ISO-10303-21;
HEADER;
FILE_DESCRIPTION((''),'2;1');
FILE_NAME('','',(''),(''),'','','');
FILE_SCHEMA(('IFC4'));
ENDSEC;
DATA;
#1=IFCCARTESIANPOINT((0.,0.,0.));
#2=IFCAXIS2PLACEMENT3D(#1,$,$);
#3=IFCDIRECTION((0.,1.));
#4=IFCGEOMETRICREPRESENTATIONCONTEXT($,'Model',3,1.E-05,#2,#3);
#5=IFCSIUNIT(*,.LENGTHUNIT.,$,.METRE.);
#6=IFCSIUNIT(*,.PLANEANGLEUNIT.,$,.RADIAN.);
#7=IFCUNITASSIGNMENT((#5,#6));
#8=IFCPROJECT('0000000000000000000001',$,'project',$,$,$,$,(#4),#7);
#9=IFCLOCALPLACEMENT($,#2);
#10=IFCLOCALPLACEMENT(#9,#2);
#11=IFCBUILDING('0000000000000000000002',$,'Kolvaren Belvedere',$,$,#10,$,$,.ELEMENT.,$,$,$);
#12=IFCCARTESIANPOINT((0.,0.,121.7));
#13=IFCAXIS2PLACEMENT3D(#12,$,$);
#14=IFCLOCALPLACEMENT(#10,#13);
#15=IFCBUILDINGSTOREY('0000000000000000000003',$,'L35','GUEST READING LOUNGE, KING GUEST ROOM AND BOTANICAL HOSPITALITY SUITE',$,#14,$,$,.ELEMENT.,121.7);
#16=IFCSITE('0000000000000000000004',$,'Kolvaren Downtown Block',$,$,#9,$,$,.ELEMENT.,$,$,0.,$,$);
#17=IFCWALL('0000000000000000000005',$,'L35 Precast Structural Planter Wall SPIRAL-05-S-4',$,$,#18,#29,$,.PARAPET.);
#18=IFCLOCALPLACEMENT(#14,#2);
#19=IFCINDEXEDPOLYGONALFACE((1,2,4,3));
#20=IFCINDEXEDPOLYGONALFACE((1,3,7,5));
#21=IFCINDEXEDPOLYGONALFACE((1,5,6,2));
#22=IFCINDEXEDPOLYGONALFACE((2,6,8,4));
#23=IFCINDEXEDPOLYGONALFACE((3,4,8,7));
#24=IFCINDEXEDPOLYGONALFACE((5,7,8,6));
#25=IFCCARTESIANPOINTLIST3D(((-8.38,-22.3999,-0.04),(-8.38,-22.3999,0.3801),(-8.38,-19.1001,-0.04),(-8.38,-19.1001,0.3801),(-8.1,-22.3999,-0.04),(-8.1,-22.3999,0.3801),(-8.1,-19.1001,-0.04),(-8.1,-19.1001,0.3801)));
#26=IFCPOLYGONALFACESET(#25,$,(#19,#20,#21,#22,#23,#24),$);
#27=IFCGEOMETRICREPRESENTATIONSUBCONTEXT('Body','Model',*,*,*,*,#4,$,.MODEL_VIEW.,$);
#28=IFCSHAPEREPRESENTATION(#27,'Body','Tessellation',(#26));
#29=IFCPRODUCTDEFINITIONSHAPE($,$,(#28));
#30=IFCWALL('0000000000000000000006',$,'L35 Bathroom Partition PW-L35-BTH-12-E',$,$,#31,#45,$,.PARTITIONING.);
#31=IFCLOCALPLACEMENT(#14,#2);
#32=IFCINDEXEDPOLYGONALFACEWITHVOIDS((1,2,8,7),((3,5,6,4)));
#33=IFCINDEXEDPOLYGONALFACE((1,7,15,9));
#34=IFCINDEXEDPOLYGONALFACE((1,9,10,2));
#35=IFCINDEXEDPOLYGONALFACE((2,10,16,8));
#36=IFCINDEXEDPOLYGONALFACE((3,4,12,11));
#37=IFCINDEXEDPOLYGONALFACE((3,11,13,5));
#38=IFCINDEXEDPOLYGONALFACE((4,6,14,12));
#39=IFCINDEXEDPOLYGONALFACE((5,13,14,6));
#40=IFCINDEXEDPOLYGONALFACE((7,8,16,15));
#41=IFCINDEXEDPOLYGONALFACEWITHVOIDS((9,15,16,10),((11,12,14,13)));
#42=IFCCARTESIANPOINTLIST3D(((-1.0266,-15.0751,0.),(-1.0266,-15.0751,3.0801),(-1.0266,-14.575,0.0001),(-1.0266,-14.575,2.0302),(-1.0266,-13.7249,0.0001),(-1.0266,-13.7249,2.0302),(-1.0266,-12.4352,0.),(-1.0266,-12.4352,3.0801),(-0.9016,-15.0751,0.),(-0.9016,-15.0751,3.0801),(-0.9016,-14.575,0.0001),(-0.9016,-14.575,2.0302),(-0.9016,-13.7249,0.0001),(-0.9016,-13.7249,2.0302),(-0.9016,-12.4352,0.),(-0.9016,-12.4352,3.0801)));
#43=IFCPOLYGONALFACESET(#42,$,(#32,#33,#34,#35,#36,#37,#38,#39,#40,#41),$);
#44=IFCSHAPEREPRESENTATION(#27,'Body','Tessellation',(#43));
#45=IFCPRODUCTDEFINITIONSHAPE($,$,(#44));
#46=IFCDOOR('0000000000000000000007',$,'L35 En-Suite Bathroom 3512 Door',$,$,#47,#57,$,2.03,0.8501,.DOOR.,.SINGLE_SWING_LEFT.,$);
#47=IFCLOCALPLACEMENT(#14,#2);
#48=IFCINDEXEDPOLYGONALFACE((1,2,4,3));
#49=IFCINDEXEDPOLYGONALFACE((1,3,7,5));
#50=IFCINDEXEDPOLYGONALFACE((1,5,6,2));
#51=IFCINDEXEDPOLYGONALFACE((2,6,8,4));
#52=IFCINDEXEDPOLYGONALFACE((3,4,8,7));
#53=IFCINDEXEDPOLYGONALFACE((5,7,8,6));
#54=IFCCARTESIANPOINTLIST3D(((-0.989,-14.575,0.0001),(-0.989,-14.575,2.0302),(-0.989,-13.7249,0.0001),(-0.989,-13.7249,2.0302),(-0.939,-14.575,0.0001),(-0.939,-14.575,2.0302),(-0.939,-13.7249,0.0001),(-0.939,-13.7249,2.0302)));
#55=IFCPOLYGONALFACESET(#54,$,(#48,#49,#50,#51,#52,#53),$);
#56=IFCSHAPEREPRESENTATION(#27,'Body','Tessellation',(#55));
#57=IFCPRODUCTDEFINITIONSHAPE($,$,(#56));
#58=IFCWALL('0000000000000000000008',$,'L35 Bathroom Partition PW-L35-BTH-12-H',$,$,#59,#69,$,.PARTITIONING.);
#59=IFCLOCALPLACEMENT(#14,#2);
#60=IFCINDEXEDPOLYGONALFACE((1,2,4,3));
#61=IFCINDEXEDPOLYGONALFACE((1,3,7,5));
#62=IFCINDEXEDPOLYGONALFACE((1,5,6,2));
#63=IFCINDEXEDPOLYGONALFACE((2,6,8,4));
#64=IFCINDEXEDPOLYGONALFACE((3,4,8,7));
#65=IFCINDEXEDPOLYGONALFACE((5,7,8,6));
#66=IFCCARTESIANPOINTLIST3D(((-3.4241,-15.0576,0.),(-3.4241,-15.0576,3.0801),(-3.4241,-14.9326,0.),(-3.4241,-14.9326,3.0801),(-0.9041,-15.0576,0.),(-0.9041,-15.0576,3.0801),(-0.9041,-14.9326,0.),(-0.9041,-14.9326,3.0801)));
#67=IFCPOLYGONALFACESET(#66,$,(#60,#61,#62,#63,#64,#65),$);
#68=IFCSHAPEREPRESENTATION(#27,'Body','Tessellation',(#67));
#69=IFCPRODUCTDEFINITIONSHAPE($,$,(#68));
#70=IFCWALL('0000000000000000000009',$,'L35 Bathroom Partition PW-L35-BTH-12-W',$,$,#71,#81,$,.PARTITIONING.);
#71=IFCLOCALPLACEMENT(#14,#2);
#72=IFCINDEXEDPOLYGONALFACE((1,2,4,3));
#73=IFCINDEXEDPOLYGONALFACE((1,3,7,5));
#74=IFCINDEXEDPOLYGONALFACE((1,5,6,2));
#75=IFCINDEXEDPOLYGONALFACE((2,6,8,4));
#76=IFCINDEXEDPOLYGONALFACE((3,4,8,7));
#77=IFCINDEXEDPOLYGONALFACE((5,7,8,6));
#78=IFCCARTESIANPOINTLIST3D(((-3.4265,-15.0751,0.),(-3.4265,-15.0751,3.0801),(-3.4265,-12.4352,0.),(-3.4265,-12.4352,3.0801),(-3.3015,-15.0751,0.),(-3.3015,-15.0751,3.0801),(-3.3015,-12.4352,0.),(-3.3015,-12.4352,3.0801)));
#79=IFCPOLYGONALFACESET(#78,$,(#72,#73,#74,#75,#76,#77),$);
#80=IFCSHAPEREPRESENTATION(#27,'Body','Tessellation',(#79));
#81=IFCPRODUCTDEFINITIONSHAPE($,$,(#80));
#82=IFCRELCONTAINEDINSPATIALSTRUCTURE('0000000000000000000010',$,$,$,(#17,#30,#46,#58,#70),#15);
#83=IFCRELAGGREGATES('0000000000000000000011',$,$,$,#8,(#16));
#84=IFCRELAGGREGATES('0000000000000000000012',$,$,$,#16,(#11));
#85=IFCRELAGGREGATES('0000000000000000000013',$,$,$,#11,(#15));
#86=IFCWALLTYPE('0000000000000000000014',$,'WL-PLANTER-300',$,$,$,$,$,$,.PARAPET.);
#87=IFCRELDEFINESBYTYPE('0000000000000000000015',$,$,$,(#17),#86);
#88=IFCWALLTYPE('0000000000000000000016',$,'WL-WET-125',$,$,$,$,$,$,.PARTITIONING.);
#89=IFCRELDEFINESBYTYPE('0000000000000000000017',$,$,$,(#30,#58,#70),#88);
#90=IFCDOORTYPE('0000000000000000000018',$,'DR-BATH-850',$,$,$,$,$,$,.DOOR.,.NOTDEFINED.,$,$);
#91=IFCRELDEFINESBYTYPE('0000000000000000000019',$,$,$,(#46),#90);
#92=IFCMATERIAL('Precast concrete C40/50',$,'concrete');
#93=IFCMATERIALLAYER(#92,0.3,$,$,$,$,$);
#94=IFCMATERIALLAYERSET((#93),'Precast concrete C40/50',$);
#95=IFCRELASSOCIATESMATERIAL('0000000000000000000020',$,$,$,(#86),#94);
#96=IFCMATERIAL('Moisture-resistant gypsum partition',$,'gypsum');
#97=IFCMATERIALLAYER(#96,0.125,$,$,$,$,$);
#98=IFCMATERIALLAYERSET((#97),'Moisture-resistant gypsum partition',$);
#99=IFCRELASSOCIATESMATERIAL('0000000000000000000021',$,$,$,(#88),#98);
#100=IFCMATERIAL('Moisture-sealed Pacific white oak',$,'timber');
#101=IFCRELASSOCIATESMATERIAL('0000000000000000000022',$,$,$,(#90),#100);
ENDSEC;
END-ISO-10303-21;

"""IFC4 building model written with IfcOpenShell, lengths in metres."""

from ifc_helpers import new_model, si_unit, direction, frame, frame_2d, origin, place, context, subcontext, project, spatial, rectangle, extrude, material, layer, layer_set, type_object, element, fill, save


model = new_model("IFC4")

# Units and contexts
model_context = context("Model", 3, precision=1e-05, world=origin(), true_north=direction((0.0, 1.0)))
body_context = subcontext(model_context, "Body", "Model", "MODEL_VIEW")
ifc_project = project(units=[si_unit("LENGTHUNIT", "METRE"), si_unit("PLANEANGLEUNIT", "RADIAN")], contexts=[model_context])

# Site, building, storey
site_placement = place(None, origin())
site = spatial("IfcSite", under=ifc_project, at=site_placement, Name="Kolvaren Downtown Block", CompositionType="ELEMENT", RefElevation=0.0)
building_placement = place(site_placement, origin())
building = spatial("IfcBuilding", under=site, at=building_placement, Name="Kolvaren Belvedere", CompositionType="ELEMENT")
storey_placement = place(building_placement, frame((0.0, 0.0, 121.7)))
storey = spatial("IfcBuildingStorey", under=building, at=storey_placement, Name="L35", Description="GUEST READING LOUNGE, KING GUEST ROOM AND BOTANICAL HOSPITALITY SUITE", CompositionType="ELEMENT", Elevation=121.7)

# Wall
ifc_material_1 = material(Name="Precast concrete C40/50", Category="concrete")
ifc_layer_1 = layer(ifc_material_1, 0.3)
ifc_layer_set_1 = layer_set([ifc_layer_1], Name="Precast concrete C40/50")
wall_type_1 = type_object("IfcWallType", Name="WL-PLANTER-300", PredefinedType="PARAPET", material=ifc_layer_set_1)
wall_1_placement = place(storey_placement, frame((-8.24, -19.1001, -0.04), z_axis=(0.0, 0.0, 1.0), x_axis=(0.0, -1.0, 0.0)))
element("IfcWall", 1, at=wall_1_placement, inside=storey, type_object=wall_type_1, Name="L35 Precast Structural Planter Wall SPIRAL-05-S-4", PredefinedType="PARAPET", context=body_context, shape_type="SweptSolid", body=[
    extrude(rectangle(XDim=3.2998, YDim=0.28, at=frame_2d((1.6499, 0.0))), origin(), (0.0, 0.0, 1.0), 0.4202),
])

# Wall, opening, door
ifc_material_2 = material(Name="Moisture-resistant gypsum partition", Category="gypsum")
ifc_layer_2 = layer(ifc_material_2, 0.125)
ifc_layer_set_2 = layer_set([ifc_layer_2], Name="Moisture-resistant gypsum partition")
wall_type_2 = type_object("IfcWallType", Name="WL-WET-125", PredefinedType="PARTITIONING", material=ifc_layer_set_2)
wall_2_placement = place(storey_placement, frame((-0.9641, -15.075, 0.0), z_axis=(0.0, 0.0, 1.0), x_axis=(0.0, 1.0, 0.0)))
wall_2 = element("IfcWall", 2, at=wall_2_placement, inside=storey, type_object=wall_type_2, Name="L35 Bathroom Partition PW-L35-BTH-12-E", PredefinedType="PARTITIONING", context=body_context, shape_type="SweptSolid", body=[
    extrude(rectangle(XDim=2.6399, YDim=0.125, at=frame_2d((1.3198, 0.0))), origin(), (0.0, 0.0, 1.0), 3.0801),
])
opening_1_placement = place(wall_2_placement, frame((0.5, 0.0, 0.0)))
opening_1 = element("IfcOpeningElement", 3, at=opening_1_placement, cuts=wall_2, PredefinedType="OPENING", context=body_context, shape_type="SweptSolid", body=[
    extrude(rectangle(XDim=0.8501, YDim=2.03, at=frame_2d((0.425, 1.0151))), frame((0.0, 0.0725, 0.0), z_axis=(0.0, -1.0, 0.0), x_axis=(1.0, 0.0, 0.0)), (0.0, 0.0, 1.0), 0.145),
])
ifc_material_3 = material(Name="Moisture-sealed Pacific white oak", Category="timber")
door_type_1 = type_object("IfcDoorType", Name="DR-BATH-850", OperationType="NOTDEFINED", PredefinedType="DOOR", material=ifc_material_3)
door_1_placement = place(opening_1_placement, origin())
door_1 = element("IfcDoor", 4, at=door_1_placement, inside=storey, type_object=door_type_1, Name="L35 En-Suite Bathroom 3512 Door", OperationType="SINGLE_SWING_LEFT", OverallHeight=2.03, OverallWidth=0.8501, PredefinedType="DOOR", context=body_context, shape_type="SweptSolid", body=[
    extrude(rectangle(XDim=0.8501, YDim=2.03, at=frame_2d((0.425, 1.0151))), frame((0.0, 0.0249, 0.0), z_axis=(0.0, -1.0, 0.0), x_axis=(1.0, 0.0, 0.0)), (0.0, 0.0, 1.0), 0.05),
])
fill(opening_1, door_1)

# Walls
wall_3_placement = place(storey_placement, frame((-3.4241, -14.9951, 0.0), z_axis=(0.0, 0.0, 1.0), x_axis=(1.0, 0.0, 0.0)))
element("IfcWall", 5, at=wall_3_placement, inside=storey, type_object=wall_type_2, Name="L35 Bathroom Partition PW-L35-BTH-12-H", PredefinedType="PARTITIONING", context=body_context, shape_type="SweptSolid", body=[
    extrude(rectangle(XDim=2.52, YDim=0.125, at=frame_2d((1.26, 0.0))), origin(), (0.0, 0.0, 1.0), 3.0801),
])
wall_4_placement = place(storey_placement, frame((-3.364, -15.075, 0.0), z_axis=(0.0, 0.0, 1.0), x_axis=(0.0, 1.0, 0.0)))
element("IfcWall", 6, at=wall_4_placement, inside=storey, type_object=wall_type_2, Name="L35 Bathroom Partition PW-L35-BTH-12-W", PredefinedType="PARTITIONING", context=body_context, shape_type="SweptSolid", body=[
    extrude(rectangle(XDim=2.6399, YDim=0.125, at=frame_2d((1.3198, 0.0))), origin(), (0.0, 0.0, 1.0), 3.0801),
])

save(model, "model.ifc")
